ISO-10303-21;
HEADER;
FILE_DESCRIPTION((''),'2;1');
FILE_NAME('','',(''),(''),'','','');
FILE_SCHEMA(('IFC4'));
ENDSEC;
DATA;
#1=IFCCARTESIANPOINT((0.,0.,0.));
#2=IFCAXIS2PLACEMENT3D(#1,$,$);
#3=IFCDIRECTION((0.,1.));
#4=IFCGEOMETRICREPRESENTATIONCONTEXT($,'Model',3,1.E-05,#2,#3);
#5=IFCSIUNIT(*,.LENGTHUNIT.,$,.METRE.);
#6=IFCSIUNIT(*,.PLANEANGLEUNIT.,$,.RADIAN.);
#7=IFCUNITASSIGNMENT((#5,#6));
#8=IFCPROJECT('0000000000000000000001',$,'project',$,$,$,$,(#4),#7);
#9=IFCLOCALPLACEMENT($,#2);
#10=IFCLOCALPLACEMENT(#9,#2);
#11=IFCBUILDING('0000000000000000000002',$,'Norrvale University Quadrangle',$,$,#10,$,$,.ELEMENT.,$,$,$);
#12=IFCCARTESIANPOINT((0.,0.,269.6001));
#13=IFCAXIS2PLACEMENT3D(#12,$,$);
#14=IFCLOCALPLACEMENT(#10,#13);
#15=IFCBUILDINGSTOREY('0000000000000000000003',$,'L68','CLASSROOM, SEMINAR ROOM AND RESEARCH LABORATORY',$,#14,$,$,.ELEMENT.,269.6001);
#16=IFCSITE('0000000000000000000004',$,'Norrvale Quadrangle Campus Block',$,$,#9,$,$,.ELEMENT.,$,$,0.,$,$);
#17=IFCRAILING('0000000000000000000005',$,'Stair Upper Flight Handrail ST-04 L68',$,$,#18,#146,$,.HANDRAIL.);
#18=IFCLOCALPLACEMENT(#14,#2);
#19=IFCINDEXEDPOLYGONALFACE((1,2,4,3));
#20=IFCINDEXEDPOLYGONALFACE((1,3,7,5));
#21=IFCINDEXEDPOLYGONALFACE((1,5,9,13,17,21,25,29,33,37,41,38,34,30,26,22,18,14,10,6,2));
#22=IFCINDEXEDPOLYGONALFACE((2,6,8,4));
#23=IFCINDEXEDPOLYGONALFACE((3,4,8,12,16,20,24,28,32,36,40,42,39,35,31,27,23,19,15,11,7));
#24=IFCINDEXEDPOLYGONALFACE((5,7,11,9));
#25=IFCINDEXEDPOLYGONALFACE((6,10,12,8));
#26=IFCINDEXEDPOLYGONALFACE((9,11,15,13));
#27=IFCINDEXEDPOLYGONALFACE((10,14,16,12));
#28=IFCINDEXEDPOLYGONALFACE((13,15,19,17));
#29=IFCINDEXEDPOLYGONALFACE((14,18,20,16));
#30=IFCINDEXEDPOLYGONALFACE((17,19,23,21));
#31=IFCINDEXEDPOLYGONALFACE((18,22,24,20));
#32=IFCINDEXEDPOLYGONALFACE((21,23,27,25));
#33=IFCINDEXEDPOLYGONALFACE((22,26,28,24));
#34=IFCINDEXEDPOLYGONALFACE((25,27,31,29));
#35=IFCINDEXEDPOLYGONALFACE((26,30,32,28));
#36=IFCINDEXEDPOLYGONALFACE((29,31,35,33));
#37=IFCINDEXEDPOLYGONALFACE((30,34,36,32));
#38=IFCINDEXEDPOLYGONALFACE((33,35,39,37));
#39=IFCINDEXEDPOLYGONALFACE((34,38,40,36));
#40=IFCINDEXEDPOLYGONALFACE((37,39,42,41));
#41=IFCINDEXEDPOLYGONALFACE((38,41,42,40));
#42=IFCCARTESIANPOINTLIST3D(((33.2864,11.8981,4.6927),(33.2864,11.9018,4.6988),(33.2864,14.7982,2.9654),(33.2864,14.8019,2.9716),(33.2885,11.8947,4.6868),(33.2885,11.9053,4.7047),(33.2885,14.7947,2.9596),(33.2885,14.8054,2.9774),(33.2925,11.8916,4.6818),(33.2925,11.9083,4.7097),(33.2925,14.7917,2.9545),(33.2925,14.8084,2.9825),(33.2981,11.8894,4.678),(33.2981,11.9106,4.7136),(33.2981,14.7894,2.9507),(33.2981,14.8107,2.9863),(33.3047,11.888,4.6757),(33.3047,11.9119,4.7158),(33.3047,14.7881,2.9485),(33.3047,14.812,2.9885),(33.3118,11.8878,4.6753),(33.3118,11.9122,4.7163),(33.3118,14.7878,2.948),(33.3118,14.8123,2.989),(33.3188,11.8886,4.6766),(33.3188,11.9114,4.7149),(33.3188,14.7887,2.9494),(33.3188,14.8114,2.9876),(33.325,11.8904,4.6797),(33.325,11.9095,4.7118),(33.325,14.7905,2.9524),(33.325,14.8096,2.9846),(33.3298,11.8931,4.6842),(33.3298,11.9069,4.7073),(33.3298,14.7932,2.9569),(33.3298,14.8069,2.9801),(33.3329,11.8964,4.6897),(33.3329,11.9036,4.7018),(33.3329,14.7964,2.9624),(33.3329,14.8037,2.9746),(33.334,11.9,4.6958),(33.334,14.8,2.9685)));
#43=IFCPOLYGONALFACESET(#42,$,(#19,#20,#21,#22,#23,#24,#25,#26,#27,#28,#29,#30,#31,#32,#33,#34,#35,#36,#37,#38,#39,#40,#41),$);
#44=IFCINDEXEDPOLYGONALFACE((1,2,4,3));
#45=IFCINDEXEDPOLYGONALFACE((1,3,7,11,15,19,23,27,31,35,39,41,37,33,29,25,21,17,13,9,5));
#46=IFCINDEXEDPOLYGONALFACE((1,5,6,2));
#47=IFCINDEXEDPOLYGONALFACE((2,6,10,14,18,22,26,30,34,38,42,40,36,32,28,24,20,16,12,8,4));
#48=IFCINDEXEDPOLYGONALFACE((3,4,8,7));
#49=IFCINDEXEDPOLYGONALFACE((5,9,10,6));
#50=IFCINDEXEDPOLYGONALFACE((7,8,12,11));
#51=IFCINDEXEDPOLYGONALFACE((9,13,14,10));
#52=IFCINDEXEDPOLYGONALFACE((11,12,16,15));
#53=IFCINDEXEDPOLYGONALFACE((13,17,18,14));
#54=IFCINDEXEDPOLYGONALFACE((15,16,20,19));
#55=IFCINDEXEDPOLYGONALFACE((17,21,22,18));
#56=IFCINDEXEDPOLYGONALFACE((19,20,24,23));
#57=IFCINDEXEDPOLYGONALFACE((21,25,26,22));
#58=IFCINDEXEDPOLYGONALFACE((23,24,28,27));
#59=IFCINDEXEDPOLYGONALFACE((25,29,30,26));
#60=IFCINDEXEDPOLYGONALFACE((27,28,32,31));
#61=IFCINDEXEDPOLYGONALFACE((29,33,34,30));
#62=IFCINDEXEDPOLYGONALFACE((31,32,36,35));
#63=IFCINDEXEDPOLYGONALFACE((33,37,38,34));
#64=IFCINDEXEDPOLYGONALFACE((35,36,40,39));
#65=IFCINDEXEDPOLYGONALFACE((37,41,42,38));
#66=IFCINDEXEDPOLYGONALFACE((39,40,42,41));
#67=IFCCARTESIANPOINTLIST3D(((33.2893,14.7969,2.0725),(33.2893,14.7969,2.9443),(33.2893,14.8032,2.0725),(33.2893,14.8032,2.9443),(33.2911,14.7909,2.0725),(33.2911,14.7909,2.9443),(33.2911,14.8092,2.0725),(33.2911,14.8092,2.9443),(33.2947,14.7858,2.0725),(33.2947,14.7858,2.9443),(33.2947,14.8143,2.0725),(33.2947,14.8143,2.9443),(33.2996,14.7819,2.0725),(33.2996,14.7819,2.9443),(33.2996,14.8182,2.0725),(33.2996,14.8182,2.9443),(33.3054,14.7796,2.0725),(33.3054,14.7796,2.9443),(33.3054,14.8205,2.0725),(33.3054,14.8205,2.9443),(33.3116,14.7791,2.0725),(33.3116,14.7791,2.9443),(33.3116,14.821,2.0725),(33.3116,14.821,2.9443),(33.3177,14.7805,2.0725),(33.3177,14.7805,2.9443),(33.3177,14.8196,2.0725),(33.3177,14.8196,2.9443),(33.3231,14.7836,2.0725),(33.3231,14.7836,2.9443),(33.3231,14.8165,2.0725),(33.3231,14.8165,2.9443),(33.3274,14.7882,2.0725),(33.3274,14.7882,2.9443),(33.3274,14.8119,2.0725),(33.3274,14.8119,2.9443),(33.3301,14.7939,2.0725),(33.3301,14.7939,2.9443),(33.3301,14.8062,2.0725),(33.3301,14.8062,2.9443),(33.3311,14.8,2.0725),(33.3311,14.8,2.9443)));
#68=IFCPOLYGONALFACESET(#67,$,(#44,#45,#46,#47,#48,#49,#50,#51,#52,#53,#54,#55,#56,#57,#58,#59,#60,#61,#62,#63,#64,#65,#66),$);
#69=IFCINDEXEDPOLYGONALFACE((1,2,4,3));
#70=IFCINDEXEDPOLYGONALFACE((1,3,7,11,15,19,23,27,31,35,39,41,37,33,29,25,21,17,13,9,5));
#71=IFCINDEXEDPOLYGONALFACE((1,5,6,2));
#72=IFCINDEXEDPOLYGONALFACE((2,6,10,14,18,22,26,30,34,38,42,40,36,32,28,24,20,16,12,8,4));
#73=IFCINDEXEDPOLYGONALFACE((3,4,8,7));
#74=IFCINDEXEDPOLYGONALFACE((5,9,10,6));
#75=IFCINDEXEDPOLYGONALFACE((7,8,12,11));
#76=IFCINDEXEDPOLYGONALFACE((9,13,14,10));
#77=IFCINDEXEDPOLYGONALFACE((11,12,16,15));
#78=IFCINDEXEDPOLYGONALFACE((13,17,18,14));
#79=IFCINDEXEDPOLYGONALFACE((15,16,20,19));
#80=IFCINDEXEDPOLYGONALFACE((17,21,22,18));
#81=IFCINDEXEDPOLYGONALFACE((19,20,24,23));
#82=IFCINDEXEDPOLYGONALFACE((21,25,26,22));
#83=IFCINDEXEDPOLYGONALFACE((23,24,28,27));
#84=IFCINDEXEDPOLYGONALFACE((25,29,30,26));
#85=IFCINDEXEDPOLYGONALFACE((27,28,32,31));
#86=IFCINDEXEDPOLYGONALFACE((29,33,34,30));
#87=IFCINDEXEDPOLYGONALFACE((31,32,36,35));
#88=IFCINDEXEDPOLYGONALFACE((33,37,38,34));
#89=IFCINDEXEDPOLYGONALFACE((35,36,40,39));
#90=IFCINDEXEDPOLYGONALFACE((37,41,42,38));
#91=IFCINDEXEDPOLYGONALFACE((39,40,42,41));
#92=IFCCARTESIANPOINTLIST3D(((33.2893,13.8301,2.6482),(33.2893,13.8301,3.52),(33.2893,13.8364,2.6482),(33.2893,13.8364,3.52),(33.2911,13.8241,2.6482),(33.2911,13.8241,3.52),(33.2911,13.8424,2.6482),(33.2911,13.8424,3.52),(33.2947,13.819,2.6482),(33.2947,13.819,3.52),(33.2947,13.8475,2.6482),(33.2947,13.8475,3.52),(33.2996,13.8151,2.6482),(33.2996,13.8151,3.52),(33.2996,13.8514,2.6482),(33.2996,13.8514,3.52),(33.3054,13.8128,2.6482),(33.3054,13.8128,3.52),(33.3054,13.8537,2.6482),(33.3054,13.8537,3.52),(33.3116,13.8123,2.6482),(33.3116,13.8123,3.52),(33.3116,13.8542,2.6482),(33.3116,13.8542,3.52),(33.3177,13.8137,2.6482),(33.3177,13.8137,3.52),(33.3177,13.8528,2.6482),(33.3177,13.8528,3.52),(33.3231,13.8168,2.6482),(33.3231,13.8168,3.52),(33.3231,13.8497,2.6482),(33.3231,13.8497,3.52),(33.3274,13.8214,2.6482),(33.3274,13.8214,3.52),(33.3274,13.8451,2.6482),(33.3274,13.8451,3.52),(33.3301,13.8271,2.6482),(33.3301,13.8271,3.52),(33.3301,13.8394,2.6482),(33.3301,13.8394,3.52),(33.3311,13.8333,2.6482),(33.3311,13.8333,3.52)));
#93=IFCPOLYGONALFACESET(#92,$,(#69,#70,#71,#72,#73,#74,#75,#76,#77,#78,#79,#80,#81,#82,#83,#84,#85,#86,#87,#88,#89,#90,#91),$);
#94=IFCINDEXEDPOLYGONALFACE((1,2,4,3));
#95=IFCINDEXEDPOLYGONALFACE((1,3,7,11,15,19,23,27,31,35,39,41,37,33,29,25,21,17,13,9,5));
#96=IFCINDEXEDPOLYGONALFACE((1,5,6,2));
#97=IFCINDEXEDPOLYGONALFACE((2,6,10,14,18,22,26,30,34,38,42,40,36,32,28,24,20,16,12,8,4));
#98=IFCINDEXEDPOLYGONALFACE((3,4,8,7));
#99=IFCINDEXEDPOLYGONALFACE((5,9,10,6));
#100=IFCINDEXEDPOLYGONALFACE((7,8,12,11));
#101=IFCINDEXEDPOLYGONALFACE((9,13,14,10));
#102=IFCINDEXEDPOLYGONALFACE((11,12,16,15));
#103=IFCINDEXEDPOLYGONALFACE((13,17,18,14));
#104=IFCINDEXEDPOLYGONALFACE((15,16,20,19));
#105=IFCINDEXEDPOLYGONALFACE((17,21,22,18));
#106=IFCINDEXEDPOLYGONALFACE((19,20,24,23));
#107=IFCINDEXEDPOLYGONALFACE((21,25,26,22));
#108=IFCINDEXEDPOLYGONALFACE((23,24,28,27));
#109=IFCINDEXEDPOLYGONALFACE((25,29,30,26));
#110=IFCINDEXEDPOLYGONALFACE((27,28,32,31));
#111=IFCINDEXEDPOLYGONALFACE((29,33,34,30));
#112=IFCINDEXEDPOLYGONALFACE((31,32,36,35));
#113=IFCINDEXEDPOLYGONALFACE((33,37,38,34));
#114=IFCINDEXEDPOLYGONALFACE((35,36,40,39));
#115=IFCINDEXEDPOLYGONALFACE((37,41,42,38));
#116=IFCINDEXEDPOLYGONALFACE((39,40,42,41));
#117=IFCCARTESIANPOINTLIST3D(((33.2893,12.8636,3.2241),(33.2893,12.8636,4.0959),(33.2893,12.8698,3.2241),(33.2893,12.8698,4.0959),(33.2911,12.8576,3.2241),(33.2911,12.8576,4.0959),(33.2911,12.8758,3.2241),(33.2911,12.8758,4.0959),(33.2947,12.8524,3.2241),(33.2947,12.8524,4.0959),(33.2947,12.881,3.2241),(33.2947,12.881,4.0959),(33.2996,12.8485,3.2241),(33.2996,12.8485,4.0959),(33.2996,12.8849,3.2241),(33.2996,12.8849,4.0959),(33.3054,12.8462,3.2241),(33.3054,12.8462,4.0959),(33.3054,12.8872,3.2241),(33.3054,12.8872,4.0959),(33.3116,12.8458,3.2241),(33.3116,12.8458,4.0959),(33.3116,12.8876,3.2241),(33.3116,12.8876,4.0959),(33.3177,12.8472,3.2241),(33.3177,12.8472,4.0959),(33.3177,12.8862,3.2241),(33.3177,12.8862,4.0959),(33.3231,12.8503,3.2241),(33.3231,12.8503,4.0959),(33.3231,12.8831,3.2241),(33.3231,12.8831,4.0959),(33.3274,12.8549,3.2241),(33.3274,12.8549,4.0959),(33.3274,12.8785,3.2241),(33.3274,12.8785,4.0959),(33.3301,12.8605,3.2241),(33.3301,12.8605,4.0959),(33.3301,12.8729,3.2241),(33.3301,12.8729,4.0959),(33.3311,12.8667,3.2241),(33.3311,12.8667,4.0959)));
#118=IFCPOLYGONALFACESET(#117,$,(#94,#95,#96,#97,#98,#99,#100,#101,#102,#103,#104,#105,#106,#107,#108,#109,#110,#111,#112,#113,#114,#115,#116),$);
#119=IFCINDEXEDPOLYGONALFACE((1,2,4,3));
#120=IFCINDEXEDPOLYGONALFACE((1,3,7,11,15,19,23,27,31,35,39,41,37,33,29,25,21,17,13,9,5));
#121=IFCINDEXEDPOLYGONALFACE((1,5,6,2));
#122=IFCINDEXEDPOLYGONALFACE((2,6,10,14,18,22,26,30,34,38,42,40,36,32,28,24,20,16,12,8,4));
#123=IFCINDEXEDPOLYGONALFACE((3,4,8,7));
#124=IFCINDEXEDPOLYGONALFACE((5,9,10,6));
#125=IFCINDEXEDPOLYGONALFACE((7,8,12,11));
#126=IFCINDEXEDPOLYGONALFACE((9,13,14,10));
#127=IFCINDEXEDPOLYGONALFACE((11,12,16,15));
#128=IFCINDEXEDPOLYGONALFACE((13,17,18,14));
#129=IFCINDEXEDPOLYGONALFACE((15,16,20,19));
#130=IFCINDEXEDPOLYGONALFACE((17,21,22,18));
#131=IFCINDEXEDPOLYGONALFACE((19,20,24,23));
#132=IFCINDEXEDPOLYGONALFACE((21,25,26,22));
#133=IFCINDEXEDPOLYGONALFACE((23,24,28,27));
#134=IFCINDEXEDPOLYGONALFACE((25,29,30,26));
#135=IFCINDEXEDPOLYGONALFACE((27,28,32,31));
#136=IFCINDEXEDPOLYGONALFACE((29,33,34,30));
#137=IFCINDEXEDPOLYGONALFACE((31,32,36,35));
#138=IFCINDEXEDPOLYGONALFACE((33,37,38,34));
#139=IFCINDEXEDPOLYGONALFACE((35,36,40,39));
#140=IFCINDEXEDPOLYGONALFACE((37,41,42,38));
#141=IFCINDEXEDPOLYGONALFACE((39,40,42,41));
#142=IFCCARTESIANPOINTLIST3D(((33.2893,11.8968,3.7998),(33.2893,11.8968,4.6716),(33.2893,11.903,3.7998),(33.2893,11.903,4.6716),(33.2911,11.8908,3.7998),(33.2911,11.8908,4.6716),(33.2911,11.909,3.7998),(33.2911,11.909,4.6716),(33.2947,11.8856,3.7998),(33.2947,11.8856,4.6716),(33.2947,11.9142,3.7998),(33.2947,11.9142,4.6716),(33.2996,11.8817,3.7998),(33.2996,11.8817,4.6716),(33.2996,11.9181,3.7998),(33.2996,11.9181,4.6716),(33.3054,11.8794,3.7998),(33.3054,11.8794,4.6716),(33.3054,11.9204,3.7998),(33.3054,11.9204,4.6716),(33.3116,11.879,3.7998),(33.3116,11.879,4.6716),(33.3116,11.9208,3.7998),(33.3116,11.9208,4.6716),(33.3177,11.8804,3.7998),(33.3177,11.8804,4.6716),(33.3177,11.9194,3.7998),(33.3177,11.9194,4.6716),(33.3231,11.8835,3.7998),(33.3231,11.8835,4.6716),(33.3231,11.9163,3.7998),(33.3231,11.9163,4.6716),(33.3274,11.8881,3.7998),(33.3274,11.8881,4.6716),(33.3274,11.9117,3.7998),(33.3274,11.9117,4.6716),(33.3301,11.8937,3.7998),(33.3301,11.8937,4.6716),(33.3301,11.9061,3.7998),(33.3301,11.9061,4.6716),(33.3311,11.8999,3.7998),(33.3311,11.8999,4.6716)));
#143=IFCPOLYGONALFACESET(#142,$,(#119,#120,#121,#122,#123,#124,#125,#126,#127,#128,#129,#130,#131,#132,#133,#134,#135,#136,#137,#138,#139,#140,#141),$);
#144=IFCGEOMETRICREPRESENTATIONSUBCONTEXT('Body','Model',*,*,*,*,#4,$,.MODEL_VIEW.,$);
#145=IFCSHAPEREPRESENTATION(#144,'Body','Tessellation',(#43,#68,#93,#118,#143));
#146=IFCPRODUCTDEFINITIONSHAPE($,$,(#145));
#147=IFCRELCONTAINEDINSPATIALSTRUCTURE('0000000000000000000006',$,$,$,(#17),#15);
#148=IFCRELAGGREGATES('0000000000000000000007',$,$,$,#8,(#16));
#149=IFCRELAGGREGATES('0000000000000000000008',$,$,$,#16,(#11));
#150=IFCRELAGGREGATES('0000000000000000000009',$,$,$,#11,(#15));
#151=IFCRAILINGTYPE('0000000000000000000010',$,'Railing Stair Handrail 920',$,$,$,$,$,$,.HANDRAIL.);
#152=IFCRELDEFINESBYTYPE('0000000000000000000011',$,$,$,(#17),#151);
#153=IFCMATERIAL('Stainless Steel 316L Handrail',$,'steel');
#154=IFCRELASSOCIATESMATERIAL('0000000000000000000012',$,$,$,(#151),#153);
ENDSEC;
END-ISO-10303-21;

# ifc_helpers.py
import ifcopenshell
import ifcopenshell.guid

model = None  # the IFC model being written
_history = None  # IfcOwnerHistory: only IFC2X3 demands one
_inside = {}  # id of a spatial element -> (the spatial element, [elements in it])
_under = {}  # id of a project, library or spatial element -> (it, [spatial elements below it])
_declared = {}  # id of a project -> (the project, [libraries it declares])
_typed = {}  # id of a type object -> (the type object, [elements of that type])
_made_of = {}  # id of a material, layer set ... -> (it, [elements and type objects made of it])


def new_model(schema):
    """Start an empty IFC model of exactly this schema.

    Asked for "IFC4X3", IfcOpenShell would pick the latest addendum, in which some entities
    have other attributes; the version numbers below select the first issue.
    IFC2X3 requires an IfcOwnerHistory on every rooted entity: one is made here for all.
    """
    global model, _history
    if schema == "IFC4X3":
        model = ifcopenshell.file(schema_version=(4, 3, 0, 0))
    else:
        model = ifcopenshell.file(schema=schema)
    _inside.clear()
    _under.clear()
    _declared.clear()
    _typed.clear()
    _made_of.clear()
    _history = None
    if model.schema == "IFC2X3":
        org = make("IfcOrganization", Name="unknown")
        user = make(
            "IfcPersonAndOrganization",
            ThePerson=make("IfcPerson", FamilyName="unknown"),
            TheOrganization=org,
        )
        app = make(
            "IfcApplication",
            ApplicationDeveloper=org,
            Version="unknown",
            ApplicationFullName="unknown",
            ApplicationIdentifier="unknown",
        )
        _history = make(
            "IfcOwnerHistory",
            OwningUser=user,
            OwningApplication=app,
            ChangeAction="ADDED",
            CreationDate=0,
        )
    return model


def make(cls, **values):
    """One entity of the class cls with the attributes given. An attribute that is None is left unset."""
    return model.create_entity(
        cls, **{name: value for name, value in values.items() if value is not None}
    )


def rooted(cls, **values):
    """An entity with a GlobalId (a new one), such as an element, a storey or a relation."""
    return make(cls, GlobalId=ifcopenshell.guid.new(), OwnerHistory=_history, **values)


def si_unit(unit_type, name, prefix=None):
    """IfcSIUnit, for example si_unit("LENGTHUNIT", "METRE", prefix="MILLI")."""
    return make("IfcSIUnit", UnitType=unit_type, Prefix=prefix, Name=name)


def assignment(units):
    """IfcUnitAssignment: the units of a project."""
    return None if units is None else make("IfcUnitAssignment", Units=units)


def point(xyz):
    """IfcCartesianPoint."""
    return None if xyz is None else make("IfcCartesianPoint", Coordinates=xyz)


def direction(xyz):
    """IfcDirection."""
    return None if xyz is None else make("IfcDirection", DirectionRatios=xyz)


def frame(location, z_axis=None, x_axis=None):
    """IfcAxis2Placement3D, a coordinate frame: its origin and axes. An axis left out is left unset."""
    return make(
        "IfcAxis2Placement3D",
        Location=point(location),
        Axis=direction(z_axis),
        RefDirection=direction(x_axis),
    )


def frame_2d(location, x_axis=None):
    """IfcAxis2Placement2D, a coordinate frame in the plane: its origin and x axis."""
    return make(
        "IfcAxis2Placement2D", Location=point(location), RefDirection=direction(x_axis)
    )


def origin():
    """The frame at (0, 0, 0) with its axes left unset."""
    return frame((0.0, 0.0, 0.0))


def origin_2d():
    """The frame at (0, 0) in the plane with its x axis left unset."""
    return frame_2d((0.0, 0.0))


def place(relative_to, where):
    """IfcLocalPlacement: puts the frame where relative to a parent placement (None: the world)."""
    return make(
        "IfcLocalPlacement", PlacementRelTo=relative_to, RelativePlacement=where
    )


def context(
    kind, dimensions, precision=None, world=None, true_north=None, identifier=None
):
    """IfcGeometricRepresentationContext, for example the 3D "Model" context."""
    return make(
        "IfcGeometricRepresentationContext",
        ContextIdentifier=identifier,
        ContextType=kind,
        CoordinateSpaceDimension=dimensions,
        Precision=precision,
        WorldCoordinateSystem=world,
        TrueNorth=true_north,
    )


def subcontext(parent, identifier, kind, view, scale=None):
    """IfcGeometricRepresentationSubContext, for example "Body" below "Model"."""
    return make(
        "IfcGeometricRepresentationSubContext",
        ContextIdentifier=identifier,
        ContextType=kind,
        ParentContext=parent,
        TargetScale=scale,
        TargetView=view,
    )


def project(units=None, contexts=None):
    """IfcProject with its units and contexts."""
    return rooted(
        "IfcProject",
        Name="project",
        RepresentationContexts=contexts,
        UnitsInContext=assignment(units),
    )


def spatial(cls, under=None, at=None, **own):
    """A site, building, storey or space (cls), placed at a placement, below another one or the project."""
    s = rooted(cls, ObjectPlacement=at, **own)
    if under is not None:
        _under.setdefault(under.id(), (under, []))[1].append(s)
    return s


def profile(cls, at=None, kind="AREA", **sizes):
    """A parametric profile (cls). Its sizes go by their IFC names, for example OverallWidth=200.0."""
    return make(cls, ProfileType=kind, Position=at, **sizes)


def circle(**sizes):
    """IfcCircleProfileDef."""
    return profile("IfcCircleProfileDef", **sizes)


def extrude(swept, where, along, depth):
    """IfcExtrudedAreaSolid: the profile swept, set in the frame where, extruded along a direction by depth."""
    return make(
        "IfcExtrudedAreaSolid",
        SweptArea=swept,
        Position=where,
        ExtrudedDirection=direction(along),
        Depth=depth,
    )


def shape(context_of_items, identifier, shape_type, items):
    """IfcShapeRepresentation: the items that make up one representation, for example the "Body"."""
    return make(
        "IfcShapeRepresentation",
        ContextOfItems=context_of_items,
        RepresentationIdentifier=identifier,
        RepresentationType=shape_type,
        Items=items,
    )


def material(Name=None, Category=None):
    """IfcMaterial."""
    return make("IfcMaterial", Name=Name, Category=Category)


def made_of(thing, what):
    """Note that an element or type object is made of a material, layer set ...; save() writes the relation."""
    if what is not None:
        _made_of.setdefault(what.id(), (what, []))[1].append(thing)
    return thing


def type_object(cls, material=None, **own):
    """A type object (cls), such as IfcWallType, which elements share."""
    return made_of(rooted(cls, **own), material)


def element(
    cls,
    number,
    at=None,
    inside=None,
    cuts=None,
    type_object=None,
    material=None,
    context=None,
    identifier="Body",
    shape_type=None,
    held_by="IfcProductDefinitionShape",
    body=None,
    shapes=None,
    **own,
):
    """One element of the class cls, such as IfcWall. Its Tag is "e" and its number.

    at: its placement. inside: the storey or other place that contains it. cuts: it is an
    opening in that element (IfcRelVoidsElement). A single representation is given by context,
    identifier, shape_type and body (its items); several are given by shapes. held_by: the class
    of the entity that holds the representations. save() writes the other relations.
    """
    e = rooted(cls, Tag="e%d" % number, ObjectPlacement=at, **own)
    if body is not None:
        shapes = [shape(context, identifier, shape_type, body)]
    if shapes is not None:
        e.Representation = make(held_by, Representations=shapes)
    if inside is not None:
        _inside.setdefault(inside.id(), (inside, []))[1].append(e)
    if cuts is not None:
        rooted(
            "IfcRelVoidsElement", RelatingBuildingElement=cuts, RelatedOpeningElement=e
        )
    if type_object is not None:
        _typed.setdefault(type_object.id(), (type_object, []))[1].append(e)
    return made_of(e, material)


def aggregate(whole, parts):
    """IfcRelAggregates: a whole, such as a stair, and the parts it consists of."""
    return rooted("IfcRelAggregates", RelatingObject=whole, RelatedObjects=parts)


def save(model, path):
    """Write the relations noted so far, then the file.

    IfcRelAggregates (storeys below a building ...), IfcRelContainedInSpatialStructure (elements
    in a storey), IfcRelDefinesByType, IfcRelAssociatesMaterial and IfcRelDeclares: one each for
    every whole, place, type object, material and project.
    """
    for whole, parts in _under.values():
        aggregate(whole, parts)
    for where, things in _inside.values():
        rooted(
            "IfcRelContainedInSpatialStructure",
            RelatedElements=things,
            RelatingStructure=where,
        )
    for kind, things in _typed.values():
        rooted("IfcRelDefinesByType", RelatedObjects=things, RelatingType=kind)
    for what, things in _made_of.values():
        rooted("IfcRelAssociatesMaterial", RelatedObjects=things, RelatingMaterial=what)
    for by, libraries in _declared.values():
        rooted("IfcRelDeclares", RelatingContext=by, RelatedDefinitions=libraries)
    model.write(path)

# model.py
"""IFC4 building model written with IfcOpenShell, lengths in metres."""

from ifc_helpers import new_model, si_unit, direction, frame, origin, origin_2d, place, context, subcontext, project, spatial, circle, extrude, material, type_object, element, save


model = new_model("IFC4")

# Units and contexts
model_context = context("Model", 3, precision=1e-05, world=origin(), true_north=direction((0.0, 1.0)))
body_context = subcontext(model_context, "Body", "Model", "MODEL_VIEW")
ifc_project = project(units=[si_unit("LENGTHUNIT", "METRE"), si_unit("PLANEANGLEUNIT", "RADIAN")], contexts=[model_context])

# Site, building, storey
site_placement = place(None, origin())
site = spatial("IfcSite", under=ifc_project, at=site_placement, Name="Norrvale Quadrangle Campus Block", CompositionType="ELEMENT", RefElevation=0.0)
building_placement = place(site_placement, origin())
building = spatial("IfcBuilding", under=site, at=building_placement, Name="Norrvale University Quadrangle", CompositionType="ELEMENT")
storey_placement = place(building_placement, frame((0.0, 0.0, 269.6001)))
storey = spatial("IfcBuildingStorey", under=building, at=storey_placement, Name="L68", Description="CLASSROOM, SEMINAR ROOM AND RESEARCH LABORATORY", CompositionType="ELEMENT", Elevation=269.6001)

# Railing
ifc_material_1 = material(Name="Stainless Steel 316L Handrail", Category="steel")
railing_type_1 = type_object("IfcRailingType", Name="Railing Stair Handrail 920", PredefinedType="HANDRAIL", material=ifc_material_1)
railing_1_placement = place(storey_placement, frame((33.3101, 14.8, 2.0725)))
element("IfcRailing", 1, at=railing_1_placement, inside=storey, type_object=railing_type_1, Name="Stair Upper Flight Handrail ST-04 L68", PredefinedType="HANDRAIL", context=body_context, shape_type="SweptSolid", body=[
    extrude(circle(Radius=0.0239, at=origin_2d()), frame((0.0, 0.0, 0.896), z_axis=(0.0, -0.85916, 0.511706), x_axis=(1.0, 0.0, 0.0)), (0.0, 0.0, 1.0), 3.3755),
    extrude(circle(Radius=0.021, at=origin_2d()), origin(), (0.0, 0.0, 1.0), 0.8718),
    extrude(circle(Radius=0.021, at=origin_2d()), frame((0.0, -0.9668, 0.5757)), (0.0, 0.0, 1.0), 0.8718),
    extrude(circle(Radius=0.021, at=origin_2d()), frame((0.0, -1.9333, 1.1516)), (0.0, 0.0, 1.0), 0.8718),
    extrude(circle(Radius=0.021, at=origin_2d()), frame((0.0, -2.9001, 1.7273)), (0.0, 0.0, 1.0), 0.8718),
])

save(model, "model.ifc")
